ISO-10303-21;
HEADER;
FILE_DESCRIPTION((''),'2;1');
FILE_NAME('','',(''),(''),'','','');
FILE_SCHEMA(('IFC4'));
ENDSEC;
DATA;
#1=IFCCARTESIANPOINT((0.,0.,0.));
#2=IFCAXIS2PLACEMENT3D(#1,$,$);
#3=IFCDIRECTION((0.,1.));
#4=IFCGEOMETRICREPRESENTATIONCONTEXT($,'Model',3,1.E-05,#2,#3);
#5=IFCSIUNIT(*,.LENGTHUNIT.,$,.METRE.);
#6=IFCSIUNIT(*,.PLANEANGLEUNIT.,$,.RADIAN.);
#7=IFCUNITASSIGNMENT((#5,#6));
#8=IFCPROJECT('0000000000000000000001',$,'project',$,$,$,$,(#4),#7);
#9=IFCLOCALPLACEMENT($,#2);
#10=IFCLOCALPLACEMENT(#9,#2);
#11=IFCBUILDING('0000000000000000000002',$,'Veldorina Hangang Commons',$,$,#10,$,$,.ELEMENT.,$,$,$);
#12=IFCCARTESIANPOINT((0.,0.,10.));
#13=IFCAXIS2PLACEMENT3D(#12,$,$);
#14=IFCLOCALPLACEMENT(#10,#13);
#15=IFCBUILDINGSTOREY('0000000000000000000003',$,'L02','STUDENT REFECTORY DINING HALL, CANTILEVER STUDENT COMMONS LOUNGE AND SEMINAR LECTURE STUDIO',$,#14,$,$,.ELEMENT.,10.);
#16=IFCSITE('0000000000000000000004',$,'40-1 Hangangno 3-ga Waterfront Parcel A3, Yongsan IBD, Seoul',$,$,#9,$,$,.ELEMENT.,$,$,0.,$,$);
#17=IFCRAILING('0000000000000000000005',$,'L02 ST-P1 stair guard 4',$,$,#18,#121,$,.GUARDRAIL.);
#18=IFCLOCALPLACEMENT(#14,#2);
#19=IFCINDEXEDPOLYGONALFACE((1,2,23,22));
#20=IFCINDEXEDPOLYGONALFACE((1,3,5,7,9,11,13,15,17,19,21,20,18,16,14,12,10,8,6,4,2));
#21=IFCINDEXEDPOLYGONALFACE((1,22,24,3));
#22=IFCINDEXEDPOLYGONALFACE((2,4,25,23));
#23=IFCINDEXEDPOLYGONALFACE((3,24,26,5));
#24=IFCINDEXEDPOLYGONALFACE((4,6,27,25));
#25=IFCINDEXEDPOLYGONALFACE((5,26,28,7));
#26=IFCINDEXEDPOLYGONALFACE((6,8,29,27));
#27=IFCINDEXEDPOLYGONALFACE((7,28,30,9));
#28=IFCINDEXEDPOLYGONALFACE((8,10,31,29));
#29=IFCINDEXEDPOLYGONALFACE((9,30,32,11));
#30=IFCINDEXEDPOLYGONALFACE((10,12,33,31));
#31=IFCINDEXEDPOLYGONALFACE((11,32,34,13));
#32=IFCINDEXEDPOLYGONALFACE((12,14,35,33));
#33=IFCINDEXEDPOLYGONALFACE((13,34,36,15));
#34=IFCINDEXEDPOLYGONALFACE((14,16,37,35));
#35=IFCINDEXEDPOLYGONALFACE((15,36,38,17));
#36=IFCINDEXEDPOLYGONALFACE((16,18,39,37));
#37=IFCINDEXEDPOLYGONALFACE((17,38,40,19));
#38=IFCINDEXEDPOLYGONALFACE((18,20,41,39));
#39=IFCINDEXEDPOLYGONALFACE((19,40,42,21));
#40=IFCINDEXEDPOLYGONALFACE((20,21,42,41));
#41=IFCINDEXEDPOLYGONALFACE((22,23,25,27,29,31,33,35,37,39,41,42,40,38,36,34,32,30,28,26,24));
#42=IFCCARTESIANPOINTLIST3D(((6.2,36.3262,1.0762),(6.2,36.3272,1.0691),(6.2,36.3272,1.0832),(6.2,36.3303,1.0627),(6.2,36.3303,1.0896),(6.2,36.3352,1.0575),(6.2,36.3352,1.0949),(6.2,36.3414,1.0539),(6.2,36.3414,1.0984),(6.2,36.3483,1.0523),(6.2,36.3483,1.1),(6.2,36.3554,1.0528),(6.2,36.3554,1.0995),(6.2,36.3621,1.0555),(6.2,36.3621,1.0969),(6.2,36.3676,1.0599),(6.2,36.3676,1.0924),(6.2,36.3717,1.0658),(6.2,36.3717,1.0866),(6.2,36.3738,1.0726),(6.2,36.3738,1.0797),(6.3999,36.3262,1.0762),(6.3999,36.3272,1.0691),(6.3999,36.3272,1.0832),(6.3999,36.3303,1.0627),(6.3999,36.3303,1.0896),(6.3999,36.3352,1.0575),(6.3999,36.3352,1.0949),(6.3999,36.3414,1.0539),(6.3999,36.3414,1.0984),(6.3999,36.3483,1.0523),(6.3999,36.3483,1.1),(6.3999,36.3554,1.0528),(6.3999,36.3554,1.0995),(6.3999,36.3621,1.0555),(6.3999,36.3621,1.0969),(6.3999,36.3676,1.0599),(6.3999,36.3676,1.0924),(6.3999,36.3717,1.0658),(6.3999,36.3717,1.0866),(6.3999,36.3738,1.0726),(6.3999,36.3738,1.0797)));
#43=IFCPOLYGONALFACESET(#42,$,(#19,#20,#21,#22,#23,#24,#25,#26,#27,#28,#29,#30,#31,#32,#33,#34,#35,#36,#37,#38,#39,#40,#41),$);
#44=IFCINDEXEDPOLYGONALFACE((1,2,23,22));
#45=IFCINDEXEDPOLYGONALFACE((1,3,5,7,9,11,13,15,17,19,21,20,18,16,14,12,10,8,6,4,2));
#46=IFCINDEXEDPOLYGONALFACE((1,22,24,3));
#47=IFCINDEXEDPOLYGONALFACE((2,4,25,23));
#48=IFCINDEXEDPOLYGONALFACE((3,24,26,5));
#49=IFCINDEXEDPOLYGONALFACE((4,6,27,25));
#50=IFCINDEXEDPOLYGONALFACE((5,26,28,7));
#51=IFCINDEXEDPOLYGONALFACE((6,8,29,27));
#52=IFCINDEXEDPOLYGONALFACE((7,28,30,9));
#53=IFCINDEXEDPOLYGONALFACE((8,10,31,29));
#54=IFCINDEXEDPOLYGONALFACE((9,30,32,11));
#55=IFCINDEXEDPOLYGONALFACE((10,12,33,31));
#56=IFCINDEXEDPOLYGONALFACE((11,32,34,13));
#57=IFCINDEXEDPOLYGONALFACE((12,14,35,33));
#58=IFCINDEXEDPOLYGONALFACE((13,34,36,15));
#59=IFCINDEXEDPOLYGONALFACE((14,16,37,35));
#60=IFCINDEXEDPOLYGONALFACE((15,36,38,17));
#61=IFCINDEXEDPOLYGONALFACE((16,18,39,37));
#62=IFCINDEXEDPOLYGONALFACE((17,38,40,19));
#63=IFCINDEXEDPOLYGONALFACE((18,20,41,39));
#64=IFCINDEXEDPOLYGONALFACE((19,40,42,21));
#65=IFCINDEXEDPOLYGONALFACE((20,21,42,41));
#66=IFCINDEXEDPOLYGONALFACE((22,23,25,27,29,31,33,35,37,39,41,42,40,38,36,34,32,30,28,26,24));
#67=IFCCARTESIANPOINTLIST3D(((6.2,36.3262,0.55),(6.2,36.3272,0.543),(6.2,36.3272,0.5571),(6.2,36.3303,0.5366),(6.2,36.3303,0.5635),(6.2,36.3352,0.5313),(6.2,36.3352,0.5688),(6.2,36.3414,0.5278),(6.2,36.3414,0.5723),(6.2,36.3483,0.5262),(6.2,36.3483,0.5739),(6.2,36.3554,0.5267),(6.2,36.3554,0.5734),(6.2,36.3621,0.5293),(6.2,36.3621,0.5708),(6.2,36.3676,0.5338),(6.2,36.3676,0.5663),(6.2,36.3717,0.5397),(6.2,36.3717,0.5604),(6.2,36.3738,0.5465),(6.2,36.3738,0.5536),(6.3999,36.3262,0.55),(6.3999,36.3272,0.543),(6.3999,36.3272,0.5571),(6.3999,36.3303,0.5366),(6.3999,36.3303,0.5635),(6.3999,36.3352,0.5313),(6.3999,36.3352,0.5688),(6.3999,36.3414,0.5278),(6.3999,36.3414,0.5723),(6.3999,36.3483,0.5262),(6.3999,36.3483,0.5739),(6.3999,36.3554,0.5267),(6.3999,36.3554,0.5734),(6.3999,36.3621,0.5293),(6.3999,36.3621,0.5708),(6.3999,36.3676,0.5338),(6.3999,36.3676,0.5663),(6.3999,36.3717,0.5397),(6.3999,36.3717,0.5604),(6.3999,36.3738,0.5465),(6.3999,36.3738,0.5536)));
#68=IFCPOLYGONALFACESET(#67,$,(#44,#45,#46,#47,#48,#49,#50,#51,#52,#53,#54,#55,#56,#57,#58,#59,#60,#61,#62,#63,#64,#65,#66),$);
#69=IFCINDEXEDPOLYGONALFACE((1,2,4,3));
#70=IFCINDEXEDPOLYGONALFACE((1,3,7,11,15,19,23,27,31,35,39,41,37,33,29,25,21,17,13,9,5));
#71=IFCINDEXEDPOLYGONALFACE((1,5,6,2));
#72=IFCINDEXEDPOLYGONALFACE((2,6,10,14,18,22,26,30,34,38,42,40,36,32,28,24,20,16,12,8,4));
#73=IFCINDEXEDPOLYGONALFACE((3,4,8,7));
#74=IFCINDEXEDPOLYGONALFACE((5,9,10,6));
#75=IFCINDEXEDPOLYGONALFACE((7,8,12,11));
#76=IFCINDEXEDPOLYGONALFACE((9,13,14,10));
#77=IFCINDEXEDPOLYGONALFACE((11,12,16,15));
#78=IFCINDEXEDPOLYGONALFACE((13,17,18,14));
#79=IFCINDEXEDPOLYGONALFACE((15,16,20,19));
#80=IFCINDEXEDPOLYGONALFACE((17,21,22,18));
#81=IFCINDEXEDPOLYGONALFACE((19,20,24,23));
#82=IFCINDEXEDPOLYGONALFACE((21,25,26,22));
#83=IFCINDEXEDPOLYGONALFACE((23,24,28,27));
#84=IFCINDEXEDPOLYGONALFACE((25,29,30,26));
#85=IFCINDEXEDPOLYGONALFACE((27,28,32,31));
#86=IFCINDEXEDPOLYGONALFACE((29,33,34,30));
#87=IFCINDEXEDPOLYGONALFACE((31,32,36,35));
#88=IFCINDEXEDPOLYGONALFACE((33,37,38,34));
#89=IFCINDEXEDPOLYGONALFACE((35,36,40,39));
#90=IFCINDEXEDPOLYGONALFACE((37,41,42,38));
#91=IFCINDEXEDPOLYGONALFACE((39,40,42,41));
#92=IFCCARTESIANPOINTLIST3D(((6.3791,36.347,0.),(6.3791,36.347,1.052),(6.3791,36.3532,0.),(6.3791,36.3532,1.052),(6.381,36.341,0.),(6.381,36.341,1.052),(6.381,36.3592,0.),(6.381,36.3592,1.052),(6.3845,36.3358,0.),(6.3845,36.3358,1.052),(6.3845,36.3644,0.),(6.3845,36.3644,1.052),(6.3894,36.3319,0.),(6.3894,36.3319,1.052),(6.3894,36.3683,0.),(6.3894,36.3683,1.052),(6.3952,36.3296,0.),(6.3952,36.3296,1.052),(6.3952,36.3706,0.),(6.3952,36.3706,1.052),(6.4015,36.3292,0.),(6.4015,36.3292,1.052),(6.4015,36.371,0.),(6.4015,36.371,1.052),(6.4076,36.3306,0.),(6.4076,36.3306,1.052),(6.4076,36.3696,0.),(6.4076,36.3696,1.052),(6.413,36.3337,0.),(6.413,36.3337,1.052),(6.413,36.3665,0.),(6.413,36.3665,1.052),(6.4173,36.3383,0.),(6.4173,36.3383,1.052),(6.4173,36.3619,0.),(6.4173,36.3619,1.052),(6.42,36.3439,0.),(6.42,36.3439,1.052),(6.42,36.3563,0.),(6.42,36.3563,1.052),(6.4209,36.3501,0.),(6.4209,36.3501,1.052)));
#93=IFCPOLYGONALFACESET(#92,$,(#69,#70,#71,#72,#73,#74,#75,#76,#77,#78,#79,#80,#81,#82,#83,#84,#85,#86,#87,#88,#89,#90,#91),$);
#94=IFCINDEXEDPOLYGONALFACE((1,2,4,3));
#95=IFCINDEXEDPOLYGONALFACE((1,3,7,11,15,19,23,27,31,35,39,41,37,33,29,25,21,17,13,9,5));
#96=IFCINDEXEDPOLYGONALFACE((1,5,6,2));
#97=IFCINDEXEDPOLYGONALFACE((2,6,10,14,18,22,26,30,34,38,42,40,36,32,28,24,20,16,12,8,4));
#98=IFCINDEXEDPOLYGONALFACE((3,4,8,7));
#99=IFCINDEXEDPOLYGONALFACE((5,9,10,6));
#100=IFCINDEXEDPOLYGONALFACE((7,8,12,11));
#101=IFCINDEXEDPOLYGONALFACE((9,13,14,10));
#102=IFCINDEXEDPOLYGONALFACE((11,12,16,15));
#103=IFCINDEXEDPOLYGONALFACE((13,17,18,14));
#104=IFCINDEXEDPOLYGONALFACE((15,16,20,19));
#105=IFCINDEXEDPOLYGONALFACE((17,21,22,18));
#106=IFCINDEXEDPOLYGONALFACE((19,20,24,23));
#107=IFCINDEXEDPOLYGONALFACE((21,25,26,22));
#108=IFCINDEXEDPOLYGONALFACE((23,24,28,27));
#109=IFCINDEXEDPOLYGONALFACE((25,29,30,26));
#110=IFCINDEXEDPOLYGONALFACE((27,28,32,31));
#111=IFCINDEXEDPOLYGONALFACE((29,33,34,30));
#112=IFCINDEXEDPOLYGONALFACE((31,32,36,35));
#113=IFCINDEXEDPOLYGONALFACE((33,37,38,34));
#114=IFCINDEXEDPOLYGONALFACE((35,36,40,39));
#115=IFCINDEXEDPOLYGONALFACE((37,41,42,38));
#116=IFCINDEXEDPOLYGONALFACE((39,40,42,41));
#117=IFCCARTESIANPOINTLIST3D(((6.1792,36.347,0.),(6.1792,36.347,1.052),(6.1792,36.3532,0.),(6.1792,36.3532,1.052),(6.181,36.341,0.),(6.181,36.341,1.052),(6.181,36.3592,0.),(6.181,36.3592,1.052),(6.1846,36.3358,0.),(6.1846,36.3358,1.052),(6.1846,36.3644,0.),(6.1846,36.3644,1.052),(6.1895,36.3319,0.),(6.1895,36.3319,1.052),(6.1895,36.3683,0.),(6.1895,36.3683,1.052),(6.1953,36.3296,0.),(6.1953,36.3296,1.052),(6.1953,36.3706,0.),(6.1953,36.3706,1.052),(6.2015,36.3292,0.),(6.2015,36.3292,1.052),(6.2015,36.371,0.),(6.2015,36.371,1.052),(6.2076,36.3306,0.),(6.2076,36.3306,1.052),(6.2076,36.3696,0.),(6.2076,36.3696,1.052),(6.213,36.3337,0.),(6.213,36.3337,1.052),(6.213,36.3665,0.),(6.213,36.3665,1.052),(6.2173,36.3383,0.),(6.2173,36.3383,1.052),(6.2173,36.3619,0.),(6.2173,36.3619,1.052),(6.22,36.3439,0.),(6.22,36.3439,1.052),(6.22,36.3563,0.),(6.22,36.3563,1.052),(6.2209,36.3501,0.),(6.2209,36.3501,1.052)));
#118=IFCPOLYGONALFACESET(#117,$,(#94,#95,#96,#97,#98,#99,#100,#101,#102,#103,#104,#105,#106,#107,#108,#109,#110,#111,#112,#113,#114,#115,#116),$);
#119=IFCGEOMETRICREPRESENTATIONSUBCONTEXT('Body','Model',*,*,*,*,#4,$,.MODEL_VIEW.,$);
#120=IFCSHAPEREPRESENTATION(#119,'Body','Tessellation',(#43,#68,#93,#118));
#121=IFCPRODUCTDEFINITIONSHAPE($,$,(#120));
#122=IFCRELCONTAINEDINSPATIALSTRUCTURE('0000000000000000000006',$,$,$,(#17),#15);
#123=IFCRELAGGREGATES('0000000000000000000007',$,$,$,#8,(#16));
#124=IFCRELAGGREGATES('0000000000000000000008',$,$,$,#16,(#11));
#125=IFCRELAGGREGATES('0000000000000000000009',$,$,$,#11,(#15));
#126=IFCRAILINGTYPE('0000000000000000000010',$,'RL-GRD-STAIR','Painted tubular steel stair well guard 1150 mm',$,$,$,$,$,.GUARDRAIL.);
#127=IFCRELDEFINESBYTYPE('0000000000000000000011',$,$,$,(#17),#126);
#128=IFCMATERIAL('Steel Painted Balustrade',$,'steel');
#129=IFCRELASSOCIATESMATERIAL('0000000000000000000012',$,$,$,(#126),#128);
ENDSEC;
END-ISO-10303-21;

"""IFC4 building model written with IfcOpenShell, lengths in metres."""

from ifc_helpers import new_model, si_unit, direction, frame, origin, origin_2d, place, context, subcontext, project, spatial, circle, extrude, material, type_object, element, save


model = new_model("IFC4")

# Units and contexts
model_context = context("Model", 3, precision=1e-05, world=origin(), true_north=direction((0.0, 1.0)))
body_context = subcontext(model_context, "Body", "Model", "MODEL_VIEW")
ifc_project = project(units=[si_unit("LENGTHUNIT", "METRE"), si_unit("PLANEANGLEUNIT", "RADIAN")], contexts=[model_context])

# Site, building, storey
site_placement = place(None, origin())
site = spatial("IfcSite", under=ifc_project, at=site_placement, Name="40-1 Hangangno 3-ga Waterfront Parcel A3, Yongsan IBD, Seoul", CompositionType="ELEMENT", RefElevation=0.0)
building_placement = place(site_placement, origin())
building = spatial("IfcBuilding", under=site, at=building_placement, Name="Veldorina Hangang Commons", CompositionType="ELEMENT")
storey_placement = place(building_placement, frame((0.0, 0.0, 10.0)))
storey = spatial("IfcBuildingStorey", under=building, at=storey_placement, Name="L02", Description="STUDENT REFECTORY DINING HALL, CANTILEVER STUDENT COMMONS LOUNGE AND SEMINAR LECTURE STUDIO", CompositionType="ELEMENT", Elevation=10.0)

# Railing
ifc_material_1 = material(Name="Steel Painted Balustrade", Category="steel")
railing_type = type_object("IfcRailingType", Name="RL-GRD-STAIR", Description="Painted tubular steel stair well guard 1150 mm", PredefinedType="GUARDRAIL", material=ifc_material_1)
railing_1_placement = place(storey_placement, frame((6.3999, 36.3501, 0.0)))
element("IfcRailing", 1, at=railing_1_placement, inside=storey, type_object=railing_type, Name="L02 ST-P1 stair guard 4", PredefinedType="GUARDRAIL", context=body_context, shape_type="SweptSolid", body=[
    extrude(circle(Radius=0.0239, at=origin_2d()), frame((0.0, 0.0, 1.0762), z_axis=(-1.0, 0.0, 0.0), x_axis=(0.0, -1.0, 0.0)), (0.0, 0.0, 1.0), 0.2),
    extrude(circle(Radius=0.0239, at=origin_2d()), frame((0.0, 0.0, 0.55), z_axis=(-1.0, 0.0, 0.0), x_axis=(0.0, -1.0, 0.0)), (0.0, 0.0, 1.0), 0.2),
    extrude(circle(Radius=0.021, at=origin_2d()), origin(), (0.0, 0.0, 1.0), 1.052),
    extrude(circle(Radius=0.021, at=origin_2d()), frame((-0.2, 0.0, 0.0)), (0.0, 0.0, 1.0), 1.052),
])

save(model, "model.ifc")
